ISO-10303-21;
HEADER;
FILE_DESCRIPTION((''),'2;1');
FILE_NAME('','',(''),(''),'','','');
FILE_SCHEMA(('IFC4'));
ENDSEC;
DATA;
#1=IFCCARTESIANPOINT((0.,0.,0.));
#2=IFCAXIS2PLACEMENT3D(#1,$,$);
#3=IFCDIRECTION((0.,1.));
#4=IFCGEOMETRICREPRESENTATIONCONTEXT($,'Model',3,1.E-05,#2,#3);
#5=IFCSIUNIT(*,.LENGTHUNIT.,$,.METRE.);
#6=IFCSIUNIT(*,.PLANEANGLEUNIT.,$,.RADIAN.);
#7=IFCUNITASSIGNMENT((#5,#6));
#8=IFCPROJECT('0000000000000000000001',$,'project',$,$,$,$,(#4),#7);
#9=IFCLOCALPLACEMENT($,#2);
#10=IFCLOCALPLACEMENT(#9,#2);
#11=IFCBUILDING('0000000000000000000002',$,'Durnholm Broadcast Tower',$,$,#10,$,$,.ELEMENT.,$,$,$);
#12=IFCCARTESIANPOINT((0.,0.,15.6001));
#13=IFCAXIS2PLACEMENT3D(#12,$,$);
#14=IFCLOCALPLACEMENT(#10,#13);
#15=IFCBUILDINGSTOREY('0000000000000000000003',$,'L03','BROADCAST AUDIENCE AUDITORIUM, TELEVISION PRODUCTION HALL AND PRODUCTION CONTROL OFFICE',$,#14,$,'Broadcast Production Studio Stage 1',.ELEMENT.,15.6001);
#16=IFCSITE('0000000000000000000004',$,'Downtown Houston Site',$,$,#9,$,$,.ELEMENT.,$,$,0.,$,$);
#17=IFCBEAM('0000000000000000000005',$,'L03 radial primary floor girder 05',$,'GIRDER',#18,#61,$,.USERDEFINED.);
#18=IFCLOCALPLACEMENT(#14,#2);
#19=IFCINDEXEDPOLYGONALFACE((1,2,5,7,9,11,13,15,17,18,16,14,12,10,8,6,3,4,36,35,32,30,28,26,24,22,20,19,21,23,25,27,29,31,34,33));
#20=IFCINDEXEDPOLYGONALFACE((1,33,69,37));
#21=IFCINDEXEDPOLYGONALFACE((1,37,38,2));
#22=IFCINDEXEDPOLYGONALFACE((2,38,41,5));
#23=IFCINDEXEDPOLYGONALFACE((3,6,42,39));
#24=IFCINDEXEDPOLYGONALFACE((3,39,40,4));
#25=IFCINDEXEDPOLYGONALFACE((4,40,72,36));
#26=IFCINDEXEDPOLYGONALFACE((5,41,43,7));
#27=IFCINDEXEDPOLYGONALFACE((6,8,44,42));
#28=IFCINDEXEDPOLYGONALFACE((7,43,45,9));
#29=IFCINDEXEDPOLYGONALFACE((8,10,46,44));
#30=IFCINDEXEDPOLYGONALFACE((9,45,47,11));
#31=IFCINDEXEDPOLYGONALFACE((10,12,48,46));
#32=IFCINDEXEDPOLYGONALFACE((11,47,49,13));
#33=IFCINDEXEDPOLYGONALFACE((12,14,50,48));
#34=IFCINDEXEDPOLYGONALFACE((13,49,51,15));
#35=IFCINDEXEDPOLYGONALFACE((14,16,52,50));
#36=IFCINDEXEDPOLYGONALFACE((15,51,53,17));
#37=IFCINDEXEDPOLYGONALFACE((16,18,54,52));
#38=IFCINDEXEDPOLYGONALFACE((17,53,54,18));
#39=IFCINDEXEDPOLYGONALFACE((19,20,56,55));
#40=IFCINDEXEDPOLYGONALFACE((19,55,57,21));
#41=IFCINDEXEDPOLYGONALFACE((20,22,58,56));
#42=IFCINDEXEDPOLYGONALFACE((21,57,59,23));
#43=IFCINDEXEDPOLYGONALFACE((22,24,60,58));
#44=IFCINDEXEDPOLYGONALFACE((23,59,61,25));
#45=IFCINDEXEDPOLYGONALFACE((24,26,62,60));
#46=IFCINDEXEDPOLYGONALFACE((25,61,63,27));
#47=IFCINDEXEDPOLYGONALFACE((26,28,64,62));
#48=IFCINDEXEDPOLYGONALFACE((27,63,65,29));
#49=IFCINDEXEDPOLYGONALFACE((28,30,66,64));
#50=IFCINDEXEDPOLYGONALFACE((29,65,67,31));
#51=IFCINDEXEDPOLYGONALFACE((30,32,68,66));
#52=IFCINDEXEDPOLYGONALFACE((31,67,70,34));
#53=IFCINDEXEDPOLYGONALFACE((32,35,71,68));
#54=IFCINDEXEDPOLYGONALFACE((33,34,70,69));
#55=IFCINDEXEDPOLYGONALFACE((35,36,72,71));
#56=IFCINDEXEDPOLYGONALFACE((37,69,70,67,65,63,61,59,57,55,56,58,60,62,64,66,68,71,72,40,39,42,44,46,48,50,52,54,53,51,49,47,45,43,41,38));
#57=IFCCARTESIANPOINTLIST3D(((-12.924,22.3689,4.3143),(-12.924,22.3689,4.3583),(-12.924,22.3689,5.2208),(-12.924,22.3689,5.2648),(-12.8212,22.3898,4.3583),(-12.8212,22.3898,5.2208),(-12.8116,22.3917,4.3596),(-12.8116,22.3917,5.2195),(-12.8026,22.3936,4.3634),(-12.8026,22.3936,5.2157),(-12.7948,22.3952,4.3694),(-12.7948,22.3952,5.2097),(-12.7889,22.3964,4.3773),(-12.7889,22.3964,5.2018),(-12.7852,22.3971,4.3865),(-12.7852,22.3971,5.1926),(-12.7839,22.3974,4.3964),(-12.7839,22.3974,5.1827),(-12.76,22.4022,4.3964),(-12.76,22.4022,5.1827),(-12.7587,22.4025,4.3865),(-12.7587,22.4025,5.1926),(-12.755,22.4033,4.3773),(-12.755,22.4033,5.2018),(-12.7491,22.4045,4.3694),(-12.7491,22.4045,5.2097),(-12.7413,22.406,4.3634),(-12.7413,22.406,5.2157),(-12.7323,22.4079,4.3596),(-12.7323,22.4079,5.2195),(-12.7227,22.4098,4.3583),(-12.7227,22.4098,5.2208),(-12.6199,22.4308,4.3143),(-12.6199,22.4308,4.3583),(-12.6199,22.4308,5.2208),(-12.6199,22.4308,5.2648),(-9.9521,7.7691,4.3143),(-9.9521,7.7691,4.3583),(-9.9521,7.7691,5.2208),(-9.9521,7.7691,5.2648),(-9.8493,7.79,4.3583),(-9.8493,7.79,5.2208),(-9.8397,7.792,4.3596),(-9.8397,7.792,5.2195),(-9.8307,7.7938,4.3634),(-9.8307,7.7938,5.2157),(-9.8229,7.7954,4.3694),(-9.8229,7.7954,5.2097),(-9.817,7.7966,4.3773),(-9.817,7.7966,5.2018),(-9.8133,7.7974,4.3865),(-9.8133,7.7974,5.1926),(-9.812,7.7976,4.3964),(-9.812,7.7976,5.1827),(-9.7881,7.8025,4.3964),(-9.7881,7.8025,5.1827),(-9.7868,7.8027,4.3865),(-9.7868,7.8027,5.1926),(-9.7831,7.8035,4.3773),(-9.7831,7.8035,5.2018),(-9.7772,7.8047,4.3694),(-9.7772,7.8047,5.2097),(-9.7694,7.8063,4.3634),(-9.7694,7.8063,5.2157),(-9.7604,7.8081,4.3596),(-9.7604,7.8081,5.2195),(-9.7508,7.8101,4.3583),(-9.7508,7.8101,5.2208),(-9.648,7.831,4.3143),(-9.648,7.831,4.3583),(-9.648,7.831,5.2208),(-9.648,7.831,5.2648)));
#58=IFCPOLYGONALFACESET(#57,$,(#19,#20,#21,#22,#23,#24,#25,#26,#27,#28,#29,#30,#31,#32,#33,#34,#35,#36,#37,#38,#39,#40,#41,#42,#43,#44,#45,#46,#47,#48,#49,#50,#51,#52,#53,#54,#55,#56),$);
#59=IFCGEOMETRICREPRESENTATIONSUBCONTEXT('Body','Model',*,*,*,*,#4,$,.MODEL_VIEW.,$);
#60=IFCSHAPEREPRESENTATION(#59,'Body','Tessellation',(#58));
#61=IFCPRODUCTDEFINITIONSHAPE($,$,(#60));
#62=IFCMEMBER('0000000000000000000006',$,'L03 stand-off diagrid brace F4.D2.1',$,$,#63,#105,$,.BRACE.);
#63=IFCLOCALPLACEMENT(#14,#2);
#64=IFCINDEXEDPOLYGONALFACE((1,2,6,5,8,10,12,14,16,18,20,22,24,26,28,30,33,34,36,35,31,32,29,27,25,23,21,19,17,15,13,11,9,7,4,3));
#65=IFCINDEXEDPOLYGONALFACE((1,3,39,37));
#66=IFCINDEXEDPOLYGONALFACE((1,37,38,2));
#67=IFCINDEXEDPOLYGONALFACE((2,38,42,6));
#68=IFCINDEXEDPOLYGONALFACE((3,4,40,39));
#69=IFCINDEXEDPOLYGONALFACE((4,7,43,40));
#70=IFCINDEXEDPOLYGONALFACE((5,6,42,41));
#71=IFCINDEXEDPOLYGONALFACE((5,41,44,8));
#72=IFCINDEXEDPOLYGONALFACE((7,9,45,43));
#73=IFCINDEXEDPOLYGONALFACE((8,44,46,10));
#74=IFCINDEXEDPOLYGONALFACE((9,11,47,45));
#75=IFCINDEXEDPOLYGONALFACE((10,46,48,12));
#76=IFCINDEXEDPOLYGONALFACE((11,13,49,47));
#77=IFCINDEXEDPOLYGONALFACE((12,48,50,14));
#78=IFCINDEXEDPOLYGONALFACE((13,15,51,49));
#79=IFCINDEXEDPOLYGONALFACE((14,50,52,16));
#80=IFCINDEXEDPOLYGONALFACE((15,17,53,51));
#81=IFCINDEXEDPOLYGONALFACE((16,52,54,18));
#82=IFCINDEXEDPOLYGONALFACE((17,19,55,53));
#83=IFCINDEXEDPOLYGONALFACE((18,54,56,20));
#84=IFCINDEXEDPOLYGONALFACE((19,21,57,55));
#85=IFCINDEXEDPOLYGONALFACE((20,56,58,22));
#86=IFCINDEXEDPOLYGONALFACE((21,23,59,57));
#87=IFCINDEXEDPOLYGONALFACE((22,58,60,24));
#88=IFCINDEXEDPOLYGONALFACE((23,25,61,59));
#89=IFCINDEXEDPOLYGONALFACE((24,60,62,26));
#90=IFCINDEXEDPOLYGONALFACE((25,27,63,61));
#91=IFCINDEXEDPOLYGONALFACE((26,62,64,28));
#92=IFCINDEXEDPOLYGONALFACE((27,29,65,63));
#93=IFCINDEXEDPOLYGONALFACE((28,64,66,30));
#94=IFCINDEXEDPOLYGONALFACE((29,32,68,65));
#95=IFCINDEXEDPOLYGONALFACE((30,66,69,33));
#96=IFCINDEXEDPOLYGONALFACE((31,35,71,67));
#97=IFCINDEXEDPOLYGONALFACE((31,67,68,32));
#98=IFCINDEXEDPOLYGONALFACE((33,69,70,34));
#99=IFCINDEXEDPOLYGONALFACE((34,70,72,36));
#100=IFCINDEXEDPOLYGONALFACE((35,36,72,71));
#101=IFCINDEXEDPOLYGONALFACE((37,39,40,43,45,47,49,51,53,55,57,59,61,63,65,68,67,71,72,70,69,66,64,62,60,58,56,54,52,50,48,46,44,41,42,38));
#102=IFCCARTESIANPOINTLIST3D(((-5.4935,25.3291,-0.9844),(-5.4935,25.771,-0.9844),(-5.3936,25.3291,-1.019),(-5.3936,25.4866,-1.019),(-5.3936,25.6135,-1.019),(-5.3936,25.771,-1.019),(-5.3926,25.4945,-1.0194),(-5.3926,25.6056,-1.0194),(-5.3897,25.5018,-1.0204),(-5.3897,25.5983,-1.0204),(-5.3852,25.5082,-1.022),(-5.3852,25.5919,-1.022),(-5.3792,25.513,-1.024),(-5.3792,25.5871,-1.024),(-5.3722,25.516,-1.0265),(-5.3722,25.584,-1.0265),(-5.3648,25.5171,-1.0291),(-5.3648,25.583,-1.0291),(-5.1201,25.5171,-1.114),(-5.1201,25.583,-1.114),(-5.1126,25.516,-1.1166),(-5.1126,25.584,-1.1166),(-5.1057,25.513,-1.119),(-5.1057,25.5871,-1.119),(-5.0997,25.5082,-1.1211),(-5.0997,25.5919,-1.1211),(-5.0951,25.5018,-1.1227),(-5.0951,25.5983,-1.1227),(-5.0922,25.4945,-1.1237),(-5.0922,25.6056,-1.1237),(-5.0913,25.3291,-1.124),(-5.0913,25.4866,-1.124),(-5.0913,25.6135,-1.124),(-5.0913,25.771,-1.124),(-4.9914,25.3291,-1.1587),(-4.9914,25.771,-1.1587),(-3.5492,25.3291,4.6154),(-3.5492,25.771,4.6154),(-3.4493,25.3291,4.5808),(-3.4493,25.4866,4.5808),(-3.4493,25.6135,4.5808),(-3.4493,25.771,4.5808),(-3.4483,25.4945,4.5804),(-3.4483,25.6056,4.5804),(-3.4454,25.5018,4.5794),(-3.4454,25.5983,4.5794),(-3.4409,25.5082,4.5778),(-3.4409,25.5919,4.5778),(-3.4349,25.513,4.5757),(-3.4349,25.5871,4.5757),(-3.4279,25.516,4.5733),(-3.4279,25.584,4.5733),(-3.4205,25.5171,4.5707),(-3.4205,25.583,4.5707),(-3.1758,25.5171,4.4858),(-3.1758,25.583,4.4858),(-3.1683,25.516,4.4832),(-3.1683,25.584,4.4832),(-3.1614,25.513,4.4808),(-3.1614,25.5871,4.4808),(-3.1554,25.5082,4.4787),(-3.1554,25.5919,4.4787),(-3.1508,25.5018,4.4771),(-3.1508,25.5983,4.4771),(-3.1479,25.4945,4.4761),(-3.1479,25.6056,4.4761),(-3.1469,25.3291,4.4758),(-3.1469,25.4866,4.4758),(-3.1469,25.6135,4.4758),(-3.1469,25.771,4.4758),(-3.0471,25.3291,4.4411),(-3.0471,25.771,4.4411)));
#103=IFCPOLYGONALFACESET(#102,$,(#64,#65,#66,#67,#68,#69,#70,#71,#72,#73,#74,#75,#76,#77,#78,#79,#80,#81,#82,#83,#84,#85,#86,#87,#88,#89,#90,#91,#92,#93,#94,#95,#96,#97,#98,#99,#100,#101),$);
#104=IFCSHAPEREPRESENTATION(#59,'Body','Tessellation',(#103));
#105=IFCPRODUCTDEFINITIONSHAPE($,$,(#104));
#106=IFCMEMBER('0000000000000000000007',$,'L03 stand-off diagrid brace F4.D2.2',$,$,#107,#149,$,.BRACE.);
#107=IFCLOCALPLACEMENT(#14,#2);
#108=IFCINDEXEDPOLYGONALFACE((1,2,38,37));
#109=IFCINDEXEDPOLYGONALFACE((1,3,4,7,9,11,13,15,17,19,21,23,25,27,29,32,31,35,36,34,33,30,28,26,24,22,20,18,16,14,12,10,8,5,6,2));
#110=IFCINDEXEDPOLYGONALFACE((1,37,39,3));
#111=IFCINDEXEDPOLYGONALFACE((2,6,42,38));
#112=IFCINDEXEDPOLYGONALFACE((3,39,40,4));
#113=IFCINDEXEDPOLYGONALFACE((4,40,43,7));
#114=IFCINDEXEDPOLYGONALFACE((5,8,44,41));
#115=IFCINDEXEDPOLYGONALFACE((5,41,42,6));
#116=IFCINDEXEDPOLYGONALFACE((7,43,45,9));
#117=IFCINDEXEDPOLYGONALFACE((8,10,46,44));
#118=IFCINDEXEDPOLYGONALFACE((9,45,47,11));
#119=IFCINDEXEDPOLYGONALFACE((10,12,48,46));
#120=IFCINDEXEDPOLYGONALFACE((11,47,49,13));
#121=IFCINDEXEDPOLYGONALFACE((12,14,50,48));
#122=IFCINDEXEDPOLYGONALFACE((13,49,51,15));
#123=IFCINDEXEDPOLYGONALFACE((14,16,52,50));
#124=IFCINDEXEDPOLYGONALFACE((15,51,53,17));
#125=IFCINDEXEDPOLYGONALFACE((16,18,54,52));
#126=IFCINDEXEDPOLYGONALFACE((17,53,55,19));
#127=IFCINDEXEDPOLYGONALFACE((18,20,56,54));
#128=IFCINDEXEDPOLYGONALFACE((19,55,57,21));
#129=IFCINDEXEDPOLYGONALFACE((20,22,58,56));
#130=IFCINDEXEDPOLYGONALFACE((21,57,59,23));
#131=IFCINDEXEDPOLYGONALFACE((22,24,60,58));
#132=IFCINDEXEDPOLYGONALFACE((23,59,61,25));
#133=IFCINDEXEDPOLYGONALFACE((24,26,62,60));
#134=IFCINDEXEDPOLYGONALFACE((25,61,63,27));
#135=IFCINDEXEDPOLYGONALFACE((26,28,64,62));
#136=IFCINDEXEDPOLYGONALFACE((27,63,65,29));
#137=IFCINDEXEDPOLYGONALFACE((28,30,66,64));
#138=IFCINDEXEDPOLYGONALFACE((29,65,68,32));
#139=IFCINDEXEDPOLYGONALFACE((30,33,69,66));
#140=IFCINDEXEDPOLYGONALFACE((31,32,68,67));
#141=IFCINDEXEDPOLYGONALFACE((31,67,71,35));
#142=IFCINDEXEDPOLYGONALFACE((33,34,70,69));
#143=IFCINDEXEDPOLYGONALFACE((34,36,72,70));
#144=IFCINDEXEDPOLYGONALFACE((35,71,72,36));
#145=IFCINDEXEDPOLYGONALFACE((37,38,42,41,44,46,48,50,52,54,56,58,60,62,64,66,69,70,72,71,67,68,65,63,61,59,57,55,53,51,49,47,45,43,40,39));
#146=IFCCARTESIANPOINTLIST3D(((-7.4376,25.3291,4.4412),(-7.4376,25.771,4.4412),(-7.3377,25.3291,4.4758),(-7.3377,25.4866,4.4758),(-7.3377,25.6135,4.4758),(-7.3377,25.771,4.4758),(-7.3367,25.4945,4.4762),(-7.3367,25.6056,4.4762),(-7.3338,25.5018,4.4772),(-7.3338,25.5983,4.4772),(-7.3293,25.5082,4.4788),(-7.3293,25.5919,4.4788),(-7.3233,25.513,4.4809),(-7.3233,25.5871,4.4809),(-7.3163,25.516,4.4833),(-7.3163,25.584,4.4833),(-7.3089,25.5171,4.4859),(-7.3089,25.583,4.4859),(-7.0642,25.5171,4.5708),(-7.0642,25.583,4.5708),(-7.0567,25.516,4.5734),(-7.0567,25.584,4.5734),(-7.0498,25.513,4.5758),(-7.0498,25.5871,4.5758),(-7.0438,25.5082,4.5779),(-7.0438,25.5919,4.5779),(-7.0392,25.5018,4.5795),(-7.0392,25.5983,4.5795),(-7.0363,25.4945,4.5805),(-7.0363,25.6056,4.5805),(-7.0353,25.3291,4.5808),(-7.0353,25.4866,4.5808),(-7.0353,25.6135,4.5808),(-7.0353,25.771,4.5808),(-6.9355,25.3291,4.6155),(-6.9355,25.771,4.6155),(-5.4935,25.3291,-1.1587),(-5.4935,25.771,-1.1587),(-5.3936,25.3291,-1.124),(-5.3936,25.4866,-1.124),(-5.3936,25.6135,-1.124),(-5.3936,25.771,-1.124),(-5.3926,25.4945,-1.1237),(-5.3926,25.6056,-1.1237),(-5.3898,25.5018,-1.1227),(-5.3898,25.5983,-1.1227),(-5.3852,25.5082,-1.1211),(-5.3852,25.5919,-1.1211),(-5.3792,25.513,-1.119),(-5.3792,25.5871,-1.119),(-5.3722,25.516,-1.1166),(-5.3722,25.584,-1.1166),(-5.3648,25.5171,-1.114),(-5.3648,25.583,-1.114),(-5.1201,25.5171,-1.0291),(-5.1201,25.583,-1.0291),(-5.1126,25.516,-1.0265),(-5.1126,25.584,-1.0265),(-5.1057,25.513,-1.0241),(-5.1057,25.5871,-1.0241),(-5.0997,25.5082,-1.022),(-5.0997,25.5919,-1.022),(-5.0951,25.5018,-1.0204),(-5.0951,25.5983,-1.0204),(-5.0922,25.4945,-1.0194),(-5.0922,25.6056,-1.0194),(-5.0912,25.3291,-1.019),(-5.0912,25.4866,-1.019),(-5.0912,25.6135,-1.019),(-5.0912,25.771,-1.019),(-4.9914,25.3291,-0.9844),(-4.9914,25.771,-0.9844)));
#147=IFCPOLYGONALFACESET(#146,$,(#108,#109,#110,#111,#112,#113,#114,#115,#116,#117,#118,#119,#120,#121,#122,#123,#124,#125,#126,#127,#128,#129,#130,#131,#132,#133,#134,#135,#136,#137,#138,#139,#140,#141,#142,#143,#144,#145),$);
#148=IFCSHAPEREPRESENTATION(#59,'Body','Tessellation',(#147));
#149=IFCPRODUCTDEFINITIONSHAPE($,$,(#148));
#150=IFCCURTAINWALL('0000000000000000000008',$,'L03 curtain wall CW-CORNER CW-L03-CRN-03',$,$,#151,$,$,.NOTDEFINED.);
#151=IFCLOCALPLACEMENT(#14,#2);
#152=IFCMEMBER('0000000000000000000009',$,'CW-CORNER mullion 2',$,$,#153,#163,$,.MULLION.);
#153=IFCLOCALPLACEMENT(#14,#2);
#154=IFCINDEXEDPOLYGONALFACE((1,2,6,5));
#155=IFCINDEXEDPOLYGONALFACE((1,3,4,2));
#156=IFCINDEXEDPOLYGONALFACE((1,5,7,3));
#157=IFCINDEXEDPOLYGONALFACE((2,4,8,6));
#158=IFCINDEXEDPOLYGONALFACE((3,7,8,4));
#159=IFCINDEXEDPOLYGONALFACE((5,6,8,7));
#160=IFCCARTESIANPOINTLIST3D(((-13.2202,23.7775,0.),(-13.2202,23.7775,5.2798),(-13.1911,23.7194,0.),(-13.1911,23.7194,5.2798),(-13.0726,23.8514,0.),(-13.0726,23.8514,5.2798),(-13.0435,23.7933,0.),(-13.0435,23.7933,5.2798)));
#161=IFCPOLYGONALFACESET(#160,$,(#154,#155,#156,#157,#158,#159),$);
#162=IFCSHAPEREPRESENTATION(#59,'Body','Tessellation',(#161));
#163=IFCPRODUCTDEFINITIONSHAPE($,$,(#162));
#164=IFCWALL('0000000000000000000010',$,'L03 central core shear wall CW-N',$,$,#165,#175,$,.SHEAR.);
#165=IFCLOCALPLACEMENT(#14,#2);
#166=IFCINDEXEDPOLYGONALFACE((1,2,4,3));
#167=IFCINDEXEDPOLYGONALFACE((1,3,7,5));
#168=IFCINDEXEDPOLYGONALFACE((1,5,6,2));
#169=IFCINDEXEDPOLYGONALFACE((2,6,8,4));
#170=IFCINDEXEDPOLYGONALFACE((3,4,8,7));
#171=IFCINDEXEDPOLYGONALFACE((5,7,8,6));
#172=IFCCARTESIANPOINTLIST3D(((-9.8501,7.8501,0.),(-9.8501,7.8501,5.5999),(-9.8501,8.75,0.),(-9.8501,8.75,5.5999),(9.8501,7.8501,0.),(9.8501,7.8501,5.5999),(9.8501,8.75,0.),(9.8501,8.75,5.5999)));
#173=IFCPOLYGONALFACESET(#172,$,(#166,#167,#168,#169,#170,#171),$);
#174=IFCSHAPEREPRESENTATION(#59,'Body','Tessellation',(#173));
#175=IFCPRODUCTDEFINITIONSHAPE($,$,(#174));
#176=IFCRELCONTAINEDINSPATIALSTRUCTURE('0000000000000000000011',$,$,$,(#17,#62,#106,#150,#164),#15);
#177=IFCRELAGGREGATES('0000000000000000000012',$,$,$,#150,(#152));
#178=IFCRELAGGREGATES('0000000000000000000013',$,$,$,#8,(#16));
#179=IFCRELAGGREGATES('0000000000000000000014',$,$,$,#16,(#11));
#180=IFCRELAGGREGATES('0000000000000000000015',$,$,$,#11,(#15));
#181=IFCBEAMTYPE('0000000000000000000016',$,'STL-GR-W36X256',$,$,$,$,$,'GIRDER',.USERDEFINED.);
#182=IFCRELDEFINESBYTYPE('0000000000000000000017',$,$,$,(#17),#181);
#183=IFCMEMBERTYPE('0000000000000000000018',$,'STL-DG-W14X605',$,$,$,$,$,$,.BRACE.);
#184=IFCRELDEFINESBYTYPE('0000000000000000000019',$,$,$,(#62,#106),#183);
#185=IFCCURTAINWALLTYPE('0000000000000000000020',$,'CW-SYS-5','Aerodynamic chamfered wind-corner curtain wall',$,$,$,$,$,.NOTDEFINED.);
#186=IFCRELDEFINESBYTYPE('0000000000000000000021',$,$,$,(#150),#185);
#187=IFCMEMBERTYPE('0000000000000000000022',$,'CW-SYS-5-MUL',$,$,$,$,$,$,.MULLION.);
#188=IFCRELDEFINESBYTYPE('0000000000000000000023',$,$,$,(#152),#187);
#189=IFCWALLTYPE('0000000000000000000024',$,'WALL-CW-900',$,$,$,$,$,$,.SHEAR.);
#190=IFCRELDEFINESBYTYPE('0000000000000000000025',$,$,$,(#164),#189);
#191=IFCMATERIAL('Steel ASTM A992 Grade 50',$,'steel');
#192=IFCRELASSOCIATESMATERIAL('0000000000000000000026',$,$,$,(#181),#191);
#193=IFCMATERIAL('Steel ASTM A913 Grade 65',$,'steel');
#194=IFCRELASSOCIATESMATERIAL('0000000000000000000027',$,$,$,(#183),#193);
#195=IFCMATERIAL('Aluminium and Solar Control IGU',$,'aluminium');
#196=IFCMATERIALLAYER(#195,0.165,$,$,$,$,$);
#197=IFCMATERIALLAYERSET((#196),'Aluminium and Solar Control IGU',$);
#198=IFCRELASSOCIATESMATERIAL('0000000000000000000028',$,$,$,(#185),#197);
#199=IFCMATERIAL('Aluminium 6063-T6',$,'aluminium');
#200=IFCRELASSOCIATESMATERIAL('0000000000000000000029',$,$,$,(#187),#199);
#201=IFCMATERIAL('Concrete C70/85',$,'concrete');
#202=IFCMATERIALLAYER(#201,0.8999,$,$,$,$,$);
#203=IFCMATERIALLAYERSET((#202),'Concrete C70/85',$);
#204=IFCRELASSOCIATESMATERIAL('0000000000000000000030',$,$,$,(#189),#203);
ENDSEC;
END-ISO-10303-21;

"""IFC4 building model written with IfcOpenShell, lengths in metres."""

from ifc_helpers import new_model, si_unit, direction, frame, frame_2d, origin, origin_2d, place, context, subcontext, project, spatial, rectangle, i_section, extrude, source, transform, mapped, material, layer, layer_set, material_profile, profile_set, type_object, type_shapes, element, aggregate, save


model = new_model("IFC4")

# Units and contexts
model_context = context("Model", 3, precision=1e-05, world=origin(), true_north=direction((0.0, 1.0)))
body_context = subcontext(model_context, "Body", "Model", "MODEL_VIEW")
ifc_project = project(units=[si_unit("LENGTHUNIT", "METRE"), si_unit("PLANEANGLEUNIT", "RADIAN")], contexts=[model_context])

# Site, building, storey
site_placement = place(None, origin())
site = spatial("IfcSite", under=ifc_project, at=site_placement, Name="Downtown Houston Site", CompositionType="ELEMENT", RefElevation=0.0)
building_placement = place(site_placement, origin())
building = spatial("IfcBuilding", under=site, at=building_placement, Name="Durnholm Broadcast Tower", CompositionType="ELEMENT")
storey_placement = place(building_placement, frame((0.0, 0.0, 15.6001)))
storey = spatial("IfcBuildingStorey", under=building, at=storey_placement, Name="L03", Description="BROADCAST AUDIENCE AUDITORIUM, TELEVISION PRODUCTION HALL AND PRODUCTION CONTROL OFFICE", LongName="Broadcast Production Studio Stage 1", CompositionType="ELEMENT", Elevation=15.6001)

# Shared definitions
ifc_material_1 = material(Name="Concrete C70/85", Category="concrete")
ifc_material_2 = material(Name="Steel ASTM A913 Grade 65", Category="steel")

# Beam
ifc_material_3 = material(Name="Steel ASTM A992 Grade 50", Category="steel")
ifc_material_profile_1 = material_profile(ifc_material_3, i_section(OverallWidth=0.3103, OverallDepth=0.9504, WebThickness=0.0244, FlangeThickness=0.0439, FilletRadius=0.0381, at=origin_2d()), Name="W36X256")
ifc_profile_set_1 = profile_set([ifc_material_profile_1], Name="Steel ASTM A992 Grade 50")
beam_type_1 = type_object("IfcBeamType", Name="STL-GR-W36X256", ElementType="GIRDER", PredefinedType="USERDEFINED", material=ifc_profile_set_1)
shared_shape_1 = source(origin(), body_context, "Body", "SweptSolid", [
    extrude(i_section(OverallWidth=0.3103, OverallDepth=0.9504, WebThickness=0.0244, FlangeThickness=0.0439, FilletRadius=0.0381, at=origin_2d()), origin(), (0.0, 0.0, 1.0), 14.8992),
])
beam_1_placement = place(storey_placement, frame((-9.8, 7.8, 4.7896), z_axis=(-0.199468, 0.979904, 0.0), x_axis=(-0.979904, -0.199468, 0.0)))
element("IfcBeam", 1, at=beam_1_placement, inside=storey, type_object=beam_type_1, Name="L03 radial primary floor girder 05", ObjectType="GIRDER", PredefinedType="USERDEFINED", context=body_context, shape_type="MappedRepresentation", body=[
    mapped(shared_shape_1, transform((0.0, 0.0, 0.0), x_axis=(1.0, 0.0, 0.0), y_axis=(0.0, 1.0, 0.0), z_axis=(0.0, 0.0, 1.0), scale=1.0)),
])

# Members
ifc_material_profile_2 = material_profile(ifc_material_2, i_section(OverallWidth=0.4419, OverallDepth=0.5315, WebThickness=0.0659, FlangeThickness=0.1057, FilletRadius=0.0305, at=origin_2d()), Name="W14X605")
ifc_profile_set_2 = profile_set([ifc_material_profile_2], Name="Steel ASTM A913 Grade 65")
member_type_1 = type_object("IfcMemberType", Name="STL-DG-W14X605", PredefinedType="BRACE", material=ifc_profile_set_2)
shared_shape_2 = source(origin(), body_context, "Body", "SweptSolid", [
    extrude(i_section(OverallWidth=0.4419, OverallDepth=0.5315, WebThickness=0.0659, FlangeThickness=0.1057, FilletRadius=0.0305, at=origin_2d()), origin(), (0.0, 0.0, 1.0), 5.9277),
])
type_shapes(member_type_1, [shared_shape_2])
for number, where, z_axis, x_axis, name in (
    (2, (-5.2424, 25.55, -1.0715), (0.328003, 0.0, 0.944677), (0.0, 1.0, 0.0), "L03 stand-off diagrid brace F4.D2.1"),
    (3, (-5.2424, 25.55, -1.0715), (-0.327966, 0.0, 0.944689), (0.0, -1.0, 0.0), "L03 stand-off diagrid brace F4.D2.2"),
):
    element("IfcMember", number, at=place(storey_placement, frame(where, z_axis=z_axis, x_axis=x_axis)), inside=storey, type_object=member_type_1, Name=name, PredefinedType="BRACE", context=body_context, shape_type="MappedRepresentation", body=[
        mapped(shared_shape_2, transform((0.0, 0.0, 0.0), x_axis=(1.0, 0.0, 0.0), y_axis=(0.0, 1.0, 0.0), z_axis=(0.0, 0.0, 1.0), scale=1.0)),
    ])

# Curtain wall, member
ifc_material_4 = material(Name="Aluminium and Solar Control IGU", Category="aluminium")
ifc_layer_1 = layer(ifc_material_4, 0.165)
ifc_layer_set_1 = layer_set([ifc_layer_1], Name="Aluminium and Solar Control IGU")
curtain_wall_type = type_object("IfcCurtainWallType", Name="CW-SYS-5", Description="Aerodynamic chamfered wind-corner curtain wall", PredefinedType="NOTDEFINED", material=ifc_layer_set_1)
curtain_wall_placement = place(storey_placement, origin())
curtain_wall = element("IfcCurtainWall", 4, at=curtain_wall_placement, inside=storey, type_object=curtain_wall_type, Name="L03 curtain wall CW-CORNER CW-L03-CRN-03", PredefinedType="NOTDEFINED")
ifc_material_5 = material(Name="Aluminium 6063-T6", Category="aluminium")
ifc_material_profile_3 = material_profile(ifc_material_5, rectangle(XDim=0.0649, YDim=0.165, at=origin_2d()), Name="CWM65X165")
ifc_profile_set_3 = profile_set([ifc_material_profile_3], Name="Aluminium 6063-T6")
member_type_2 = type_object("IfcMemberType", Name="CW-SYS-5-MUL", PredefinedType="MULLION", material=ifc_profile_set_3)
shared_shape_3 = source(origin(), body_context, "Body", "SweptSolid", [
    extrude(rectangle(XDim=0.0649, YDim=0.165, at=origin_2d()), origin(), (0.0, 0.0, 1.0), 5.2798),
])
type_shapes(member_type_2, [shared_shape_3])
member_placement = place(storey_placement, frame((-13.1318, 23.7854, 0.0), z_axis=(0.0, 0.0, 1.0), x_axis=(-0.447673, 0.894197, 0.0)))
member = element("IfcMember", 5, at=member_placement, type_object=member_type_2, Name="CW-CORNER mullion 2", PredefinedType="MULLION", context=body_context, shape_type="MappedRepresentation", body=[
    mapped(shared_shape_3, transform((0.0, 0.0, 0.0), x_axis=(1.0, 0.0, 0.0), y_axis=(0.0, 1.0, 0.0), z_axis=(0.0, 0.0, 1.0), scale=1.0)),
])
aggregate(curtain_wall, [member])

# Wall
ifc_layer_2 = layer(ifc_material_1, 0.8999)
ifc_layer_set_2 = layer_set([ifc_layer_2], Name="Concrete C70/85")
wall_type_1 = type_object("IfcWallType", Name="WALL-CW-900", PredefinedType="SHEAR", material=ifc_layer_set_2)
wall_1_placement = place(storey_placement, frame((-9.8501, 8.3, 0.0), z_axis=(0.0, 0.0, 1.0), x_axis=(1.0, 0.0, 0.0)))
element("IfcWall", 6, at=wall_1_placement, inside=storey, type_object=wall_type_1, Name="L03 central core shear wall CW-N", PredefinedType="SHEAR", context=body_context, shape_type="SweptSolid", body=[
    extrude(rectangle(XDim=19.7002, YDim=0.8999, at=frame_2d((9.8501, 0.0))), origin(), (0.0, 0.0, 1.0), 5.5999),
])

save(model, "model.ifc")
